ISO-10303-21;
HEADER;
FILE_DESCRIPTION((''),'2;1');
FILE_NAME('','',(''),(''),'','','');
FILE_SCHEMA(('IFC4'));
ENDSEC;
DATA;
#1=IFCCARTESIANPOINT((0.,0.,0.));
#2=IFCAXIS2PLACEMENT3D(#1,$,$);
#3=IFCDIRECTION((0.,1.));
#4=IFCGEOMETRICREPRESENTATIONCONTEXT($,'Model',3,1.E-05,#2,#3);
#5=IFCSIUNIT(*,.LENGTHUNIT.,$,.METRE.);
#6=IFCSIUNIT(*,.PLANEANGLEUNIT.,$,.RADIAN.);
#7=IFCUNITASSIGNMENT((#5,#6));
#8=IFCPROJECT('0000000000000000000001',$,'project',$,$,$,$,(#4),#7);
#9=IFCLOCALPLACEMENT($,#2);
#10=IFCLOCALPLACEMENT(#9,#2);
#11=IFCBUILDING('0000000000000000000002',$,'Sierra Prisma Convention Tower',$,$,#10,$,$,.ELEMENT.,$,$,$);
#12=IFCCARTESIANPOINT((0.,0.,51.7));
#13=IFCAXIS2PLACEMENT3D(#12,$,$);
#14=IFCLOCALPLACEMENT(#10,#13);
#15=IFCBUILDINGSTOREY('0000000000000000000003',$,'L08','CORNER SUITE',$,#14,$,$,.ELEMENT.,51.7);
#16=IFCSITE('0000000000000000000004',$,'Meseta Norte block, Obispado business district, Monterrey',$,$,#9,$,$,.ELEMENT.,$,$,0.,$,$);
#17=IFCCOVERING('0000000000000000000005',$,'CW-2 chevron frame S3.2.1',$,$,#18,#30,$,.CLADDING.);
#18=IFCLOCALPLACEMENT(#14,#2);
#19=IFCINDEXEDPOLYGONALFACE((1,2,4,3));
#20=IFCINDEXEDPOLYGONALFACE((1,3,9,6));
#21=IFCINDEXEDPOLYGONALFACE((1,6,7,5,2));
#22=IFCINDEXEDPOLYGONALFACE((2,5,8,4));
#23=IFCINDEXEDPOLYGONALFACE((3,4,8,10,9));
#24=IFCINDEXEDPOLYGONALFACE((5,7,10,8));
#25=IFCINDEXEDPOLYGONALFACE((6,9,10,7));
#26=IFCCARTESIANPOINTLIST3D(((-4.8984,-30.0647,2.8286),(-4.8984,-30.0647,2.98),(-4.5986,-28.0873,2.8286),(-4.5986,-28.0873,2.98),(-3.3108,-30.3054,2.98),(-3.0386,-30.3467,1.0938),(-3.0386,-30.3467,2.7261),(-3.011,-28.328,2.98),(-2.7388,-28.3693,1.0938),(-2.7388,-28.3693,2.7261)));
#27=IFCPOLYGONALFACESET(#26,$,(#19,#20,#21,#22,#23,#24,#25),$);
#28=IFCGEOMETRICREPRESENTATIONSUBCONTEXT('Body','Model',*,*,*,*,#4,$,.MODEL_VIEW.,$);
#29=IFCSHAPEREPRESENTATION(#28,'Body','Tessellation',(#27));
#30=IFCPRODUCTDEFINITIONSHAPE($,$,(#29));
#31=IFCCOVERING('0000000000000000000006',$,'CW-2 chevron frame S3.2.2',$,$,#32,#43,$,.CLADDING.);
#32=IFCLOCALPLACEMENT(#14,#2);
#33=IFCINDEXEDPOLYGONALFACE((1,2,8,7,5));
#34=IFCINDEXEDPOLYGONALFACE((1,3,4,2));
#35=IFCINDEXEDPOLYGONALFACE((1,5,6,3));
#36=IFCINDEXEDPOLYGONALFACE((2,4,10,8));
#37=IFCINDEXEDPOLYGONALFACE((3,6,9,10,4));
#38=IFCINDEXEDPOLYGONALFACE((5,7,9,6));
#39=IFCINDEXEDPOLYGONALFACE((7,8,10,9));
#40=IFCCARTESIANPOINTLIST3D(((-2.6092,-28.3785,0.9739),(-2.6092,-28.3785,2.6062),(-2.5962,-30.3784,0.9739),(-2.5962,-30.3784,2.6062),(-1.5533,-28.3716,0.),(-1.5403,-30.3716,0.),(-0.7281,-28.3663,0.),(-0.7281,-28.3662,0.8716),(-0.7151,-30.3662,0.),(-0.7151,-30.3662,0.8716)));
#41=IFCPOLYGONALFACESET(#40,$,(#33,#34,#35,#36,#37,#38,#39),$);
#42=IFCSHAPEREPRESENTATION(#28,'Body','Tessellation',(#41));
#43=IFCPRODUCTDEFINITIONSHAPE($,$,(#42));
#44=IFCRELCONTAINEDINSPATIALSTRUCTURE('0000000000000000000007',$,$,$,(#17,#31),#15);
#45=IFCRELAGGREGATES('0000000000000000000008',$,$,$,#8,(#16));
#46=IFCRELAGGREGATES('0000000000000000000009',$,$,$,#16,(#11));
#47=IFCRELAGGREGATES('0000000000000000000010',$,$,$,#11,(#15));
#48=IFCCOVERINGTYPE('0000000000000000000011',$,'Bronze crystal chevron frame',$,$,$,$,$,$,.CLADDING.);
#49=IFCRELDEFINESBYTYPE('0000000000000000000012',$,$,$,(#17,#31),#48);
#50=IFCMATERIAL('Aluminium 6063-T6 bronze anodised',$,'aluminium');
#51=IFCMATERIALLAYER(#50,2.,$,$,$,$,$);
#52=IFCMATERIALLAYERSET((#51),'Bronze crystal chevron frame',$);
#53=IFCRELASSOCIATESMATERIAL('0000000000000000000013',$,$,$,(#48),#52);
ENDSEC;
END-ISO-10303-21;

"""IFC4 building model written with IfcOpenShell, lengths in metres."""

from ifc_helpers import new_model, si_unit, direction, frame, origin, place, context, subcontext, project, spatial, polyline, outline, extrude, material, layer, layer_set, type_object, element, save


model = new_model("IFC4")

# Units and contexts
model_context = context("Model", 3, precision=1e-05, world=origin(), true_north=direction((0.0, 1.0)))
body_context = subcontext(model_context, "Body", "Model", "MODEL_VIEW")
ifc_project = project(units=[si_unit("LENGTHUNIT", "METRE"), si_unit("PLANEANGLEUNIT", "RADIAN")], contexts=[model_context])

# Site, building, storey
site_placement = place(None, origin())
site = spatial("IfcSite", under=ifc_project, at=site_placement, Name="Meseta Norte block, Obispado business district, Monterrey", CompositionType="ELEMENT", RefElevation=0.0)
building_placement = place(site_placement, origin())
building = spatial("IfcBuilding", under=site, at=building_placement, Name="Sierra Prisma Convention Tower", CompositionType="ELEMENT")
storey_placement = place(building_placement, frame((0.0, 0.0, 51.7)))
storey = spatial("IfcBuildingStorey", under=building, at=storey_placement, Name="L08", Description="CORNER SUITE", CompositionType="ELEMENT", Elevation=51.7)

# Coverings
ifc_material_1 = material(Name="Aluminium 6063-T6 bronze anodised", Category="aluminium")
ifc_layer_1 = layer(ifc_material_1, 2.0)
ifc_layer_set_1 = layer_set([ifc_layer_1], Name="Bronze crystal chevron frame")
covering_type = type_object("IfcCoveringType", Name="Bronze crystal chevron frame", PredefinedType="CLADDING", material=ifc_layer_set_1)
covering_1_placement = place(storey_placement, frame((-4.8984, -30.0647, 2.98), z_axis=(-0.149902, -0.988701, -0.000006), x_axis=(0.000001, 0.000006, -1.0)))
element("IfcCovering", 1, at=covering_1_placement, inside=storey, type_object=covering_type, Name="CW-2 chevron frame S3.2.1", PredefinedType="CLADDING", context=body_context, shape_type="SweptSolid", body=[
    extrude(outline(polyline([(0.0, 0.0), (0.1514, 0.0), (1.8862, 1.8811), (0.2539, 1.8811), (0.0, 1.6058), (0.0, 0.0)])), origin(), (0.0, 0.0, -1.0), 2.0),
])
covering_2_placement = place(storey_placement, frame((-0.7151, -30.3662, 0.0), z_axis=(0.006492, -0.999979, 0.000006), x_axis=(0.0, 0.000006, 1.0)))
element("IfcCovering", 2, at=covering_2_placement, inside=storey, type_object=covering_type, Name="CW-2 chevron frame S3.2.2", PredefinedType="CLADDING", context=body_context, shape_type="SweptSolid", body=[
    extrude(outline(polyline([(0.0, 0.0), (0.8716, 0.0), (2.6062, 1.8811), (0.9739, 1.8811), (0.0, 0.8252), (0.0, 0.0)])), origin(), (0.0, 0.0, -1.0), 2.0),
])

save(model, "model.ifc")
